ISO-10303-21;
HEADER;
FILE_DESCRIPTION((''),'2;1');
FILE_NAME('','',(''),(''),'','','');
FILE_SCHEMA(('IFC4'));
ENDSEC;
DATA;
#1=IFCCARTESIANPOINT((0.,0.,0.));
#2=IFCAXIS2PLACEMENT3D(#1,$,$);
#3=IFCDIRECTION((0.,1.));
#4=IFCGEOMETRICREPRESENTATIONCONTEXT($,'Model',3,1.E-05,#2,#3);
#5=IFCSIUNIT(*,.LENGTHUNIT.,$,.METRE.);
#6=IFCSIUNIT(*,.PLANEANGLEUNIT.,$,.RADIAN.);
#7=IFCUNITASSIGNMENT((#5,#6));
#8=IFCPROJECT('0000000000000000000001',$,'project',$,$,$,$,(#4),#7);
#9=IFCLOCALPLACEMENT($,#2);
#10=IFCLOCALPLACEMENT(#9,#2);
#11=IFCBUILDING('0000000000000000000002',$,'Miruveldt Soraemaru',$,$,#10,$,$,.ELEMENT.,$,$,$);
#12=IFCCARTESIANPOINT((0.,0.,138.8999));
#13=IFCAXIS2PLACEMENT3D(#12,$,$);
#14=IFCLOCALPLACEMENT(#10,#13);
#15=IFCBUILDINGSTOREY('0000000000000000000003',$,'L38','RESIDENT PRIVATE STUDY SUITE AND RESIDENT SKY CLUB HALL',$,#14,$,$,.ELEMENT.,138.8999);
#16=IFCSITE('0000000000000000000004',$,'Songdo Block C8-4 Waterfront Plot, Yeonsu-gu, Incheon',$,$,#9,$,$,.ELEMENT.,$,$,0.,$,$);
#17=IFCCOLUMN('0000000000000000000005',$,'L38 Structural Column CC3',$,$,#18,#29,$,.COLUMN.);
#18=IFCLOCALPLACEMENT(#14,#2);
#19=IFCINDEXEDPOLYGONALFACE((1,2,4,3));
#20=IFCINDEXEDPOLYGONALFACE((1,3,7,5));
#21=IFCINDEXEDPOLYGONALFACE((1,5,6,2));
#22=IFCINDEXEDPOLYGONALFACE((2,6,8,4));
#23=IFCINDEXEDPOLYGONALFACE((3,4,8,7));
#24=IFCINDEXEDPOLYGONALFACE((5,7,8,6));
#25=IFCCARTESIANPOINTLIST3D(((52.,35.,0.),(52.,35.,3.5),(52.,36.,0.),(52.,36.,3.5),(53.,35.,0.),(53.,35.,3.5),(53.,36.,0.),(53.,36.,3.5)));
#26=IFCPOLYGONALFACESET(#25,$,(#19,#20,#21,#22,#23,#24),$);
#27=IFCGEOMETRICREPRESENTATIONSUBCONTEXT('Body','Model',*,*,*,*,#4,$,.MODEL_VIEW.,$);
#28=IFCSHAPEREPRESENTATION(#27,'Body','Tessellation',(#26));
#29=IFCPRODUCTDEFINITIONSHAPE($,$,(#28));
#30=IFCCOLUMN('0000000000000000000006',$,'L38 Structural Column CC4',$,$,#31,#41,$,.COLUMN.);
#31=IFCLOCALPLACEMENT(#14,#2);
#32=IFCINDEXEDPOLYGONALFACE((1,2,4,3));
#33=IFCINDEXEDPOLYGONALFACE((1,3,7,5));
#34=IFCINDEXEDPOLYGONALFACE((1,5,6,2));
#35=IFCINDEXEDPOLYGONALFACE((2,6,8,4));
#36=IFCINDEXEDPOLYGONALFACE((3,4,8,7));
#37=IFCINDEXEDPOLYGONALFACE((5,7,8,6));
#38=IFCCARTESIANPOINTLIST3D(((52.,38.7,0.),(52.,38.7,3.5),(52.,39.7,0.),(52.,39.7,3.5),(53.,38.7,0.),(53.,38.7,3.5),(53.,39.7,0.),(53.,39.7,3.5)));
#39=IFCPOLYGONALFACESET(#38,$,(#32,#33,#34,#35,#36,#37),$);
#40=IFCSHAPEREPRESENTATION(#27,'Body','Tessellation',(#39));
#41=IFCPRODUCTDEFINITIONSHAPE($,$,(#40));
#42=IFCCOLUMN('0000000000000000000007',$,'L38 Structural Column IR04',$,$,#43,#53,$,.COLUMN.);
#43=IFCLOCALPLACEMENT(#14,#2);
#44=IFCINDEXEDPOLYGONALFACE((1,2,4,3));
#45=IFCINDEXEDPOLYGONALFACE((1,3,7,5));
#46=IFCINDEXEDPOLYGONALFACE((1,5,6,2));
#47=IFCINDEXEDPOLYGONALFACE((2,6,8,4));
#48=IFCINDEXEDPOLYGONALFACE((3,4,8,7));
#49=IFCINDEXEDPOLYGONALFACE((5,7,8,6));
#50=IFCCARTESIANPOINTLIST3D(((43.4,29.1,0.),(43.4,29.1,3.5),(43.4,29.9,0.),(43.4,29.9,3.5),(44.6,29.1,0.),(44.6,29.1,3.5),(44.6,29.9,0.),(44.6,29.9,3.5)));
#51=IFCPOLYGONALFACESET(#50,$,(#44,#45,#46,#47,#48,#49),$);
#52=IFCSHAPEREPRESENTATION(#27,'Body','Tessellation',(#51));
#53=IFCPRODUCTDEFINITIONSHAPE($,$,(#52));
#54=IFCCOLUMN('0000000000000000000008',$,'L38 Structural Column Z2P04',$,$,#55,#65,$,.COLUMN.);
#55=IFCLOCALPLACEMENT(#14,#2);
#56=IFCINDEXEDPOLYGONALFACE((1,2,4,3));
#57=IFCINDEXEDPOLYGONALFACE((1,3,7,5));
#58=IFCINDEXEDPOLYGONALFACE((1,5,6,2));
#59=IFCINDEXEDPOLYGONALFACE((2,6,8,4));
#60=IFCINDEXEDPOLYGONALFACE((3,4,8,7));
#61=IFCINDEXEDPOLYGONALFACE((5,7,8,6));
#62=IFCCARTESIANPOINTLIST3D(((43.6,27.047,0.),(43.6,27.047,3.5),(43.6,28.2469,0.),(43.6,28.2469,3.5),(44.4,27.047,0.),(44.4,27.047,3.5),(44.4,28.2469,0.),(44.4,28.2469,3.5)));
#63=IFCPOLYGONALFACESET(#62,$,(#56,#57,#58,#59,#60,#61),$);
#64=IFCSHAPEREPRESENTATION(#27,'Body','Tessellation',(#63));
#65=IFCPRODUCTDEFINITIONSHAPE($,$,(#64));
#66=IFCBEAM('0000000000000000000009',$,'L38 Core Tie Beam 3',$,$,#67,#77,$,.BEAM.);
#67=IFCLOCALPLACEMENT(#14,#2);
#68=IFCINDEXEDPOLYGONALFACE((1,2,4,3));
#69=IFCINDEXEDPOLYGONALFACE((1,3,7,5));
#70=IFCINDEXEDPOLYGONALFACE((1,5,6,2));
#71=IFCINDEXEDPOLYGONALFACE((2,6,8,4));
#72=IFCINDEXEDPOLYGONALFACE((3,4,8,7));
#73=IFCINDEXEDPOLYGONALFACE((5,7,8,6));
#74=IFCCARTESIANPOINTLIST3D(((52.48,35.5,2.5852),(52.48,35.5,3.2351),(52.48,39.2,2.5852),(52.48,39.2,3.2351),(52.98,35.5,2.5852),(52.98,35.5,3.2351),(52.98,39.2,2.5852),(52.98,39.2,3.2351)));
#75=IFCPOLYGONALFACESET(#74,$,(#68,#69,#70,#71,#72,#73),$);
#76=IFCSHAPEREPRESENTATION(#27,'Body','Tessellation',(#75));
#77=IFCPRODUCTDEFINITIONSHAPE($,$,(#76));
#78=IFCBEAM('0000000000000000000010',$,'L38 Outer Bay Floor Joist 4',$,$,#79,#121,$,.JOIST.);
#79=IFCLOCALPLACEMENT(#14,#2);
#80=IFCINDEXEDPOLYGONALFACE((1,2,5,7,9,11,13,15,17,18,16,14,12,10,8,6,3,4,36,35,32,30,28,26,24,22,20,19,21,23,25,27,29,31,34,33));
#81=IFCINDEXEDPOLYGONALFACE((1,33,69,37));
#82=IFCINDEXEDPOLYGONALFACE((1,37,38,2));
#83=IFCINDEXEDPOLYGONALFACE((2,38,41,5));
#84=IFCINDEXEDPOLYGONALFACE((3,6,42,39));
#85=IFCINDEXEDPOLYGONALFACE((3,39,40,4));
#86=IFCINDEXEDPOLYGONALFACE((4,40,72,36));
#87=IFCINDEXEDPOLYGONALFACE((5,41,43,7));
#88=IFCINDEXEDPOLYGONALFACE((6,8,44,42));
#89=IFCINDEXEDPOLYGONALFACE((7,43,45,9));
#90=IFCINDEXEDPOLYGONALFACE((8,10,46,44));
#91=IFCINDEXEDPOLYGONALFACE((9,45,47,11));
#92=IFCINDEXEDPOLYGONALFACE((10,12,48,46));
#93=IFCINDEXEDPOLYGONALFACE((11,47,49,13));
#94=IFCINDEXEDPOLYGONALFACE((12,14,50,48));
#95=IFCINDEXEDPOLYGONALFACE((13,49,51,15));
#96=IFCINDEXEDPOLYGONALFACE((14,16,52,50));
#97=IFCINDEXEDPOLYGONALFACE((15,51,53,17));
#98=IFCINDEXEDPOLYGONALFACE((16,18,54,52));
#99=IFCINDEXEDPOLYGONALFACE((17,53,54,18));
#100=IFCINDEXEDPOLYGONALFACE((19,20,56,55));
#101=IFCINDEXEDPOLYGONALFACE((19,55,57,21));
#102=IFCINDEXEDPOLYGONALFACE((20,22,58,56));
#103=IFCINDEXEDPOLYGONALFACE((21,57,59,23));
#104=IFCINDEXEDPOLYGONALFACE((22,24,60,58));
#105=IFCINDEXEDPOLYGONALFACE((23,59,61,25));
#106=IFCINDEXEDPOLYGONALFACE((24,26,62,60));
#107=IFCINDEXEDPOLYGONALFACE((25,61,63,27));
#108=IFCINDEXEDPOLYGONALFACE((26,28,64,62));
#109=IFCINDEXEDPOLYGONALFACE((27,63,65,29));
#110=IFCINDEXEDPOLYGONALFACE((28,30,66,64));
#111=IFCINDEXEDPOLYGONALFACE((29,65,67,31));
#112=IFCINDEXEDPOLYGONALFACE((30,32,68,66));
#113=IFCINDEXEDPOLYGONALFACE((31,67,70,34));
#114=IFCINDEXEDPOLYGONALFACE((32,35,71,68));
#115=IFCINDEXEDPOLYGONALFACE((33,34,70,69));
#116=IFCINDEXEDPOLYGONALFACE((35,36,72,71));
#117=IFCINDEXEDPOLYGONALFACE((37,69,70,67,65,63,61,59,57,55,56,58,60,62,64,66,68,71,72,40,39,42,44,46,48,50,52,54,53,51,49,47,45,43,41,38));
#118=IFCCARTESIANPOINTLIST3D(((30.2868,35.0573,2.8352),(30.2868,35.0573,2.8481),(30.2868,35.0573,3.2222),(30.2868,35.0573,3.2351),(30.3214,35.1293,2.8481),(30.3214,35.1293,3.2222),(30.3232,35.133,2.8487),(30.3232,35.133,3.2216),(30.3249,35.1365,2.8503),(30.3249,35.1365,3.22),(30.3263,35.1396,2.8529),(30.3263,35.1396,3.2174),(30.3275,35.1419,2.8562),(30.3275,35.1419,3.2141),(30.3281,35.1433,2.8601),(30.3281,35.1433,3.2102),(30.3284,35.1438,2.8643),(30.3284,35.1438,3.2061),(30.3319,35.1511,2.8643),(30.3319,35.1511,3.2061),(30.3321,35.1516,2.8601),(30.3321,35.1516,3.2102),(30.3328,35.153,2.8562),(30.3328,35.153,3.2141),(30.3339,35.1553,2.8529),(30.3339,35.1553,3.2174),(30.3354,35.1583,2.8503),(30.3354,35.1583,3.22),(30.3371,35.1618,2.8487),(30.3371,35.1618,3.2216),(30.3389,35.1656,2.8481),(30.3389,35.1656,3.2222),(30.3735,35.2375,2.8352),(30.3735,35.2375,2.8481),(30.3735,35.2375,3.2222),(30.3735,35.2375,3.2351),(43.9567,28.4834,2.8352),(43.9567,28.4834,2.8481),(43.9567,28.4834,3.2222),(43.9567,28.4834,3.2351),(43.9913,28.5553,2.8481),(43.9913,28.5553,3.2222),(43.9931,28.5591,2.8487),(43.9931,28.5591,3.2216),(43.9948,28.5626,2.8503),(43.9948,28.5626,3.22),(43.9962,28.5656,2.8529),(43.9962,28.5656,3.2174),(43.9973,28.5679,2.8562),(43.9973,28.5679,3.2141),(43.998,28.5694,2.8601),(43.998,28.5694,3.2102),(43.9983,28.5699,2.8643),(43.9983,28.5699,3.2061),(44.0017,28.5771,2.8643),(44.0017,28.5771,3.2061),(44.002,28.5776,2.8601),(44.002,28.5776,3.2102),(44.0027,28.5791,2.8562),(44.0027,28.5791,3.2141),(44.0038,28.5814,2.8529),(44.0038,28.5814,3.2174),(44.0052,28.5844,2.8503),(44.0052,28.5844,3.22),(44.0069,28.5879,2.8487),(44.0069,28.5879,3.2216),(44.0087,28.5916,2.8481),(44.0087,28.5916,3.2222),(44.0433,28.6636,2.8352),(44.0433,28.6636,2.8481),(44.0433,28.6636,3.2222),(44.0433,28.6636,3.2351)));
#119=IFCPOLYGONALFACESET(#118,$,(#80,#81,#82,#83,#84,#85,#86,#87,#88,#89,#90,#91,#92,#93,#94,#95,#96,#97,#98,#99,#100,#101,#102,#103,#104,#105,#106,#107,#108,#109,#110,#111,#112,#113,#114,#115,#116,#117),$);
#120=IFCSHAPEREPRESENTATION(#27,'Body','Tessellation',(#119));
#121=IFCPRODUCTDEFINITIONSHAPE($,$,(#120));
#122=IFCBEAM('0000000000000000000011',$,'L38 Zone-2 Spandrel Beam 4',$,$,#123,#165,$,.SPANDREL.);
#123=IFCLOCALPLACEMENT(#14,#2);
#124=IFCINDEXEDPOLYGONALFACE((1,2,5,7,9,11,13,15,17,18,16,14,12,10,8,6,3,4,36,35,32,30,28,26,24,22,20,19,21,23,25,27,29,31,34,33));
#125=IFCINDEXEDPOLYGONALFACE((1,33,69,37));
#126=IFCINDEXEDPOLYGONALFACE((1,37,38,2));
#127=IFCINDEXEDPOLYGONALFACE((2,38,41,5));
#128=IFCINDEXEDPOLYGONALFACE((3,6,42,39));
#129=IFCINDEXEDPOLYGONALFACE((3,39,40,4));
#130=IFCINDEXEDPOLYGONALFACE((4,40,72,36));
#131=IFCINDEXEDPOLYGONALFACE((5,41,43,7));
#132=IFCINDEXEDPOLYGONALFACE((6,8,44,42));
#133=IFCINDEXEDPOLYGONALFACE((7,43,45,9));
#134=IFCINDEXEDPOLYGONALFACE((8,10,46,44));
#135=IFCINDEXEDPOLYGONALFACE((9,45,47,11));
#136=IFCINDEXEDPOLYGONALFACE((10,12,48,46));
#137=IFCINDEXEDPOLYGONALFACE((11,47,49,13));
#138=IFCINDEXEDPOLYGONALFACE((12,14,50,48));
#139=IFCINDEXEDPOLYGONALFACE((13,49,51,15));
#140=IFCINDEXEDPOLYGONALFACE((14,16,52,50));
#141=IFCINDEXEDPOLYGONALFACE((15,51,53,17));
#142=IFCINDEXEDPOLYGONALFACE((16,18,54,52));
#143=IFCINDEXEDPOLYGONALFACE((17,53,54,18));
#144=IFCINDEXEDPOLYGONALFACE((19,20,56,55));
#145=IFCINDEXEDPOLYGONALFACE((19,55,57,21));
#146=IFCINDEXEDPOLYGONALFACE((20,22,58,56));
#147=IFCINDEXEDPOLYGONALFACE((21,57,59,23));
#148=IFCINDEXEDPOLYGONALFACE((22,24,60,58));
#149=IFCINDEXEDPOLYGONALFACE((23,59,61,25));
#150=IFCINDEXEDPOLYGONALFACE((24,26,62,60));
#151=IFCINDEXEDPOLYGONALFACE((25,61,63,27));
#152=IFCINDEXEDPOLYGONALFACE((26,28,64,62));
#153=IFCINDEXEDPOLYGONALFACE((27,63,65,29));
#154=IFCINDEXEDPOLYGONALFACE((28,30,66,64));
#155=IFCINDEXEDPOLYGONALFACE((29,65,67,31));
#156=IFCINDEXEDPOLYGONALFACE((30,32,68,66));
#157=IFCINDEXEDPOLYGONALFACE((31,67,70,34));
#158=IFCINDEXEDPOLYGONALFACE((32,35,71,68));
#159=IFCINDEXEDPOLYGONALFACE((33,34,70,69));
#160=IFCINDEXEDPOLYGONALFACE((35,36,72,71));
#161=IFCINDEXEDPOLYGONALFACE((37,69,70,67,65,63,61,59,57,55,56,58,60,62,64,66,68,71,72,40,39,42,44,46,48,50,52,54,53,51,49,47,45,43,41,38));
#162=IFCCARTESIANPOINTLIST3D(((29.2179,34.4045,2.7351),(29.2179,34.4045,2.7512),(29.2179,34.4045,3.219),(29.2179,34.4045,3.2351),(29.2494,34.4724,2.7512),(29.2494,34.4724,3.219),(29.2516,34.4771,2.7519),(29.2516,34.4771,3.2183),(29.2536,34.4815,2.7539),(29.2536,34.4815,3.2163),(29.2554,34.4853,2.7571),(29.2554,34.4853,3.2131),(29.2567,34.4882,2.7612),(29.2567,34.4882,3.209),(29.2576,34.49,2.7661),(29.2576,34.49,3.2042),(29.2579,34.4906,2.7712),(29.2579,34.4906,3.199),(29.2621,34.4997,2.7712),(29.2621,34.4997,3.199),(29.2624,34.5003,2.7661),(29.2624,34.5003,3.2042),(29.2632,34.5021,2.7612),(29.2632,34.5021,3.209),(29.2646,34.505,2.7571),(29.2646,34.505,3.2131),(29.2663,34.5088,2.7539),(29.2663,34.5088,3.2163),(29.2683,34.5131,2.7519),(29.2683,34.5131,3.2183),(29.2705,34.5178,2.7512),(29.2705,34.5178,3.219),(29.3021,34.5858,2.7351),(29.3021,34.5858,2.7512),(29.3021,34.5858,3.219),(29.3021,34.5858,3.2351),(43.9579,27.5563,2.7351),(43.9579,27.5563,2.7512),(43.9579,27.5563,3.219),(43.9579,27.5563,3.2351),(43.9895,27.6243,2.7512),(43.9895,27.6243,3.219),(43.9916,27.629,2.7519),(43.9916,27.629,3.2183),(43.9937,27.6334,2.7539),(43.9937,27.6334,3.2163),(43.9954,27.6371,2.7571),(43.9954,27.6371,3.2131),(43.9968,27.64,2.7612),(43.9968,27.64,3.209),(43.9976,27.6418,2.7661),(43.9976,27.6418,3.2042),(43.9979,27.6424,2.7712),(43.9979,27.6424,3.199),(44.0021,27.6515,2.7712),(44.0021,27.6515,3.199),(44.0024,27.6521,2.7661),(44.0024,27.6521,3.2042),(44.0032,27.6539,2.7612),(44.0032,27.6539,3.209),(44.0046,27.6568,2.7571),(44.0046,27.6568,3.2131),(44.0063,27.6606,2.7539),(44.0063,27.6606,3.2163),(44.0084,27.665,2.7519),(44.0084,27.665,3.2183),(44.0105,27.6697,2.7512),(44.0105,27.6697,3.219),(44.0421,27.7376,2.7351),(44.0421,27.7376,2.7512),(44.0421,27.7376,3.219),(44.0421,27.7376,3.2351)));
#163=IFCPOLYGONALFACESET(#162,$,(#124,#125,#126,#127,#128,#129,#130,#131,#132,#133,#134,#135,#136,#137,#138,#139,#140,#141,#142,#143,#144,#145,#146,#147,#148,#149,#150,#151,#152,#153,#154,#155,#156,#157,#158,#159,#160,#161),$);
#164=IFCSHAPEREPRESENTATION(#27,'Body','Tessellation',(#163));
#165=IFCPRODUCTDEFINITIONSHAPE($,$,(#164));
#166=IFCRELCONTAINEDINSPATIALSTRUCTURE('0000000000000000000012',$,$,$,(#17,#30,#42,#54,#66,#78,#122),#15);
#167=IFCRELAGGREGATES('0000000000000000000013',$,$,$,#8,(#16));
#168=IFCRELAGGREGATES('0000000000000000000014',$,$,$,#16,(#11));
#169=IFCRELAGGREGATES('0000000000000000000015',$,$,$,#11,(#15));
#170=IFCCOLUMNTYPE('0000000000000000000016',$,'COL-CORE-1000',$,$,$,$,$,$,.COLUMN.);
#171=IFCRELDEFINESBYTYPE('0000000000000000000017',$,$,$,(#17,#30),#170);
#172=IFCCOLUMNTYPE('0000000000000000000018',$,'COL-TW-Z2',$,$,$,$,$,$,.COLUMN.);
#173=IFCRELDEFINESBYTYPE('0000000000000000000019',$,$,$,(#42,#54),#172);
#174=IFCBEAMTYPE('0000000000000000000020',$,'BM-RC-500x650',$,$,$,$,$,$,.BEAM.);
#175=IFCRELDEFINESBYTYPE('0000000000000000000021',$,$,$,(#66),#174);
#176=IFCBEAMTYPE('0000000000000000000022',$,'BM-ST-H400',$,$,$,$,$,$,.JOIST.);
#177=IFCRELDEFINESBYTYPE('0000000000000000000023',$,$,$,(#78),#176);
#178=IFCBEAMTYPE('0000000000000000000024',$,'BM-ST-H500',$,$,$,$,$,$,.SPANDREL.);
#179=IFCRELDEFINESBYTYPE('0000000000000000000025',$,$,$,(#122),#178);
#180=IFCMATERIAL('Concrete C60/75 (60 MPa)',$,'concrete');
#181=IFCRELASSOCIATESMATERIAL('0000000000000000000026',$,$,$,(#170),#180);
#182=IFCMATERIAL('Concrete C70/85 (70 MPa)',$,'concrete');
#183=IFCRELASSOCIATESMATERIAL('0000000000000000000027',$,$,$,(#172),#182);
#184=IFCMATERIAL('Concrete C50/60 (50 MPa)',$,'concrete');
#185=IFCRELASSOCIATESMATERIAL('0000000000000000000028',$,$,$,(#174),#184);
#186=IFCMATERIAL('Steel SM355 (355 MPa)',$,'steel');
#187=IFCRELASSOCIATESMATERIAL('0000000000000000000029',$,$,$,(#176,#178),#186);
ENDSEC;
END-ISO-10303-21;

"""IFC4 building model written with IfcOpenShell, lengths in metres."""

from ifc_helpers import new_model, si_unit, direction, frame, origin, origin_2d, place, context, subcontext, project, spatial, rectangle, i_section, extrude, material, material_profile, profile_set, type_object, element, save


model = new_model("IFC4")

# Units and contexts
model_context = context("Model", 3, precision=1e-05, world=origin(), true_north=direction((0.0, 1.0)))
body_context = subcontext(model_context, "Body", "Model", "MODEL_VIEW")
ifc_project = project(units=[si_unit("LENGTHUNIT", "METRE"), si_unit("PLANEANGLEUNIT", "RADIAN")], contexts=[model_context])

# Site, building, storey
site_placement = place(None, origin())
site = spatial("IfcSite", under=ifc_project, at=site_placement, Name="Songdo Block C8-4 Waterfront Plot, Yeonsu-gu, Incheon", CompositionType="ELEMENT", RefElevation=0.0)
building_placement = place(site_placement, origin())
building = spatial("IfcBuilding", under=site, at=building_placement, Name="Miruveldt Soraemaru", CompositionType="ELEMENT")
storey_placement = place(building_placement, frame((0.0, 0.0, 138.8999)))
storey = spatial("IfcBuildingStorey", under=building, at=storey_placement, Name="L38", Description="RESIDENT PRIVATE STUDY SUITE AND RESIDENT SKY CLUB HALL", CompositionType="ELEMENT", Elevation=138.8999)

# Columns
ifc_material_1 = material(Name="Concrete C60/75 (60 MPa)", Category="concrete")
ifc_material_profile_1 = material_profile(ifc_material_1, rectangle(XDim=1.0, YDim=1.0, at=origin_2d()), Name="Concrete C60/75 (60 MPa)", Category="concrete")
ifc_profile_set_1 = profile_set([ifc_material_profile_1], Name="Concrete C60/75 (60 MPa)")
column_type_1 = type_object("IfcColumnType", Name="COL-CORE-1000", PredefinedType="COLUMN", material=ifc_profile_set_1)
for number, where, z_axis, x_axis, name in (
    (1, (52.5, 35.5, 0.0), (0.0, 0.0, 1.0), (1.0, 0.0, 0.0), "L38 Structural Column CC3"),
    (2, (52.5, 39.2, 0.0), (0.0, 0.0, 1.0), (1.0, 0.0, 0.0), "L38 Structural Column CC4"),
):
    element("IfcColumn", number, at=place(storey_placement, frame(where, z_axis=z_axis, x_axis=x_axis)), inside=storey, type_object=column_type_1, Name=name, PredefinedType="COLUMN", context=body_context, shape_type="SweptSolid", body=[
        extrude(rectangle(XDim=1.0, YDim=1.0, at=origin_2d()), origin(), (0.0, 0.0, 1.0), 3.5),
    ])
ifc_material_2 = material(Name="Concrete C70/85 (70 MPa)", Category="concrete")
ifc_material_profile_2 = material_profile(ifc_material_2, rectangle(XDim=1.2, YDim=0.8, at=origin_2d()), Name="Concrete C70/85 (70 MPa)", Category="concrete")
ifc_profile_set_2 = profile_set([ifc_material_profile_2], Name="Concrete C70/85 (70 MPa)")
column_type_2 = type_object("IfcColumnType", Name="COL-TW-Z2", PredefinedType="COLUMN", material=ifc_profile_set_2)
for number, where, z_axis, x_axis, name in (
    (3, (44.0, 29.5, 0.0), (0.0, 0.0, 1.0), (1.0, 0.0, 0.0), "L38 Structural Column IR04"),
    (4, (44.0, 27.647, 0.0), (0.0, 0.0, 1.0), (0.0, 1.0, 0.0), "L38 Structural Column Z2P04"),
):
    element("IfcColumn", number, at=place(storey_placement, frame(where, z_axis=z_axis, x_axis=x_axis)), inside=storey, type_object=column_type_2, Name=name, PredefinedType="COLUMN", context=body_context, shape_type="SweptSolid", body=[
        extrude(rectangle(XDim=1.2, YDim=0.8, at=origin_2d()), origin(), (0.0, 0.0, 1.0), 3.5),
    ])

# Beams
ifc_material_3 = material(Name="Concrete C50/60 (50 MPa)", Category="concrete")
ifc_material_profile_3 = material_profile(ifc_material_3, rectangle(XDim=0.5, YDim=0.6499, at=origin_2d()), Name="Concrete C50/60 (50 MPa)", Category="concrete")
ifc_profile_set_3 = profile_set([ifc_material_profile_3], Name="Concrete C50/60 (50 MPa)")
beam_type_1 = type_object("IfcBeamType", Name="BM-RC-500x650", PredefinedType="BEAM", material=ifc_profile_set_3)
beam_1_placement = place(storey_placement, frame((52.73, 35.5, 2.9102), z_axis=(0.0, 1.0, 0.0), x_axis=(-1.0, 0.0, 0.0)))
element("IfcBeam", 5, at=beam_1_placement, inside=storey, type_object=beam_type_1, Name="L38 Core Tie Beam 3", PredefinedType="BEAM", context=body_context, shape_type="SweptSolid", body=[
    extrude(rectangle(XDim=0.5, YDim=0.6499, at=origin_2d()), origin(), (0.0, 0.0, 1.0), 3.7),
])
ifc_material_4 = material(Name="Steel SM355 (355 MPa)", Category="steel")
ifc_material_profile_4 = material_profile(ifc_material_4, i_section(OverallWidth=0.2, OverallDepth=0.3999, WebThickness=0.0081, FlangeThickness=0.0129, FilletRadius=0.0161, at=origin_2d()), Name="Steel SM355 (355 MPa)", Category="steel")
ifc_profile_set_4 = profile_set([ifc_material_profile_4], Name="Steel SM355 (355 MPa)")
beam_type_2 = type_object("IfcBeamType", Name="BM-ST-H400", PredefinedType="JOIST", material=ifc_profile_set_4)
beam_2_placement = place(storey_placement, frame((44.0, 28.5735, 3.0352), z_axis=(-0.901204, 0.433396, 0.0), x_axis=(-0.433396, -0.901204, 0.0)))
element("IfcBeam", 6, at=beam_2_placement, inside=storey, type_object=beam_type_2, Name="L38 Outer Bay Floor Joist 4", PredefinedType="JOIST", context=body_context, shape_type="SweptSolid", body=[
    extrude(i_section(OverallWidth=0.2, OverallDepth=0.3999, WebThickness=0.0081, FlangeThickness=0.0129, FilletRadius=0.0161, at=origin_2d()), origin(), (0.0, 0.0, 1.0), 15.1685),
])
ifc_material_profile_5 = material_profile(ifc_material_4, i_section(OverallWidth=0.2, OverallDepth=0.5, WebThickness=0.01, FlangeThickness=0.0161, FilletRadius=0.02, at=origin_2d()), Name="Steel SM355 (355 MPa)", Category="steel")
ifc_profile_set_5 = profile_set([ifc_material_profile_5], Name="Steel SM355 (355 MPa)")
beam_type_3 = type_object("IfcBeamType", Name="BM-ST-H500", PredefinedType="SPANDREL", material=ifc_profile_set_5)
beam_3_placement = place(storey_placement, frame((44.0, 27.647, 2.9851), z_axis=(-0.906901, 0.421343, 0.0), x_axis=(-0.421343, -0.906901, 0.0)))
element("IfcBeam", 7, at=beam_3_placement, inside=storey, type_object=beam_type_3, Name="L38 Zone-2 Spandrel Beam 4", PredefinedType="SPANDREL", context=body_context, shape_type="SweptSolid", body=[
    extrude(i_section(OverallWidth=0.2, OverallDepth=0.5, WebThickness=0.01, FlangeThickness=0.0161, FilletRadius=0.02, at=origin_2d()), origin(), (0.0, 0.0, 1.0), 16.2532),
])

save(model, "model.ifc")
